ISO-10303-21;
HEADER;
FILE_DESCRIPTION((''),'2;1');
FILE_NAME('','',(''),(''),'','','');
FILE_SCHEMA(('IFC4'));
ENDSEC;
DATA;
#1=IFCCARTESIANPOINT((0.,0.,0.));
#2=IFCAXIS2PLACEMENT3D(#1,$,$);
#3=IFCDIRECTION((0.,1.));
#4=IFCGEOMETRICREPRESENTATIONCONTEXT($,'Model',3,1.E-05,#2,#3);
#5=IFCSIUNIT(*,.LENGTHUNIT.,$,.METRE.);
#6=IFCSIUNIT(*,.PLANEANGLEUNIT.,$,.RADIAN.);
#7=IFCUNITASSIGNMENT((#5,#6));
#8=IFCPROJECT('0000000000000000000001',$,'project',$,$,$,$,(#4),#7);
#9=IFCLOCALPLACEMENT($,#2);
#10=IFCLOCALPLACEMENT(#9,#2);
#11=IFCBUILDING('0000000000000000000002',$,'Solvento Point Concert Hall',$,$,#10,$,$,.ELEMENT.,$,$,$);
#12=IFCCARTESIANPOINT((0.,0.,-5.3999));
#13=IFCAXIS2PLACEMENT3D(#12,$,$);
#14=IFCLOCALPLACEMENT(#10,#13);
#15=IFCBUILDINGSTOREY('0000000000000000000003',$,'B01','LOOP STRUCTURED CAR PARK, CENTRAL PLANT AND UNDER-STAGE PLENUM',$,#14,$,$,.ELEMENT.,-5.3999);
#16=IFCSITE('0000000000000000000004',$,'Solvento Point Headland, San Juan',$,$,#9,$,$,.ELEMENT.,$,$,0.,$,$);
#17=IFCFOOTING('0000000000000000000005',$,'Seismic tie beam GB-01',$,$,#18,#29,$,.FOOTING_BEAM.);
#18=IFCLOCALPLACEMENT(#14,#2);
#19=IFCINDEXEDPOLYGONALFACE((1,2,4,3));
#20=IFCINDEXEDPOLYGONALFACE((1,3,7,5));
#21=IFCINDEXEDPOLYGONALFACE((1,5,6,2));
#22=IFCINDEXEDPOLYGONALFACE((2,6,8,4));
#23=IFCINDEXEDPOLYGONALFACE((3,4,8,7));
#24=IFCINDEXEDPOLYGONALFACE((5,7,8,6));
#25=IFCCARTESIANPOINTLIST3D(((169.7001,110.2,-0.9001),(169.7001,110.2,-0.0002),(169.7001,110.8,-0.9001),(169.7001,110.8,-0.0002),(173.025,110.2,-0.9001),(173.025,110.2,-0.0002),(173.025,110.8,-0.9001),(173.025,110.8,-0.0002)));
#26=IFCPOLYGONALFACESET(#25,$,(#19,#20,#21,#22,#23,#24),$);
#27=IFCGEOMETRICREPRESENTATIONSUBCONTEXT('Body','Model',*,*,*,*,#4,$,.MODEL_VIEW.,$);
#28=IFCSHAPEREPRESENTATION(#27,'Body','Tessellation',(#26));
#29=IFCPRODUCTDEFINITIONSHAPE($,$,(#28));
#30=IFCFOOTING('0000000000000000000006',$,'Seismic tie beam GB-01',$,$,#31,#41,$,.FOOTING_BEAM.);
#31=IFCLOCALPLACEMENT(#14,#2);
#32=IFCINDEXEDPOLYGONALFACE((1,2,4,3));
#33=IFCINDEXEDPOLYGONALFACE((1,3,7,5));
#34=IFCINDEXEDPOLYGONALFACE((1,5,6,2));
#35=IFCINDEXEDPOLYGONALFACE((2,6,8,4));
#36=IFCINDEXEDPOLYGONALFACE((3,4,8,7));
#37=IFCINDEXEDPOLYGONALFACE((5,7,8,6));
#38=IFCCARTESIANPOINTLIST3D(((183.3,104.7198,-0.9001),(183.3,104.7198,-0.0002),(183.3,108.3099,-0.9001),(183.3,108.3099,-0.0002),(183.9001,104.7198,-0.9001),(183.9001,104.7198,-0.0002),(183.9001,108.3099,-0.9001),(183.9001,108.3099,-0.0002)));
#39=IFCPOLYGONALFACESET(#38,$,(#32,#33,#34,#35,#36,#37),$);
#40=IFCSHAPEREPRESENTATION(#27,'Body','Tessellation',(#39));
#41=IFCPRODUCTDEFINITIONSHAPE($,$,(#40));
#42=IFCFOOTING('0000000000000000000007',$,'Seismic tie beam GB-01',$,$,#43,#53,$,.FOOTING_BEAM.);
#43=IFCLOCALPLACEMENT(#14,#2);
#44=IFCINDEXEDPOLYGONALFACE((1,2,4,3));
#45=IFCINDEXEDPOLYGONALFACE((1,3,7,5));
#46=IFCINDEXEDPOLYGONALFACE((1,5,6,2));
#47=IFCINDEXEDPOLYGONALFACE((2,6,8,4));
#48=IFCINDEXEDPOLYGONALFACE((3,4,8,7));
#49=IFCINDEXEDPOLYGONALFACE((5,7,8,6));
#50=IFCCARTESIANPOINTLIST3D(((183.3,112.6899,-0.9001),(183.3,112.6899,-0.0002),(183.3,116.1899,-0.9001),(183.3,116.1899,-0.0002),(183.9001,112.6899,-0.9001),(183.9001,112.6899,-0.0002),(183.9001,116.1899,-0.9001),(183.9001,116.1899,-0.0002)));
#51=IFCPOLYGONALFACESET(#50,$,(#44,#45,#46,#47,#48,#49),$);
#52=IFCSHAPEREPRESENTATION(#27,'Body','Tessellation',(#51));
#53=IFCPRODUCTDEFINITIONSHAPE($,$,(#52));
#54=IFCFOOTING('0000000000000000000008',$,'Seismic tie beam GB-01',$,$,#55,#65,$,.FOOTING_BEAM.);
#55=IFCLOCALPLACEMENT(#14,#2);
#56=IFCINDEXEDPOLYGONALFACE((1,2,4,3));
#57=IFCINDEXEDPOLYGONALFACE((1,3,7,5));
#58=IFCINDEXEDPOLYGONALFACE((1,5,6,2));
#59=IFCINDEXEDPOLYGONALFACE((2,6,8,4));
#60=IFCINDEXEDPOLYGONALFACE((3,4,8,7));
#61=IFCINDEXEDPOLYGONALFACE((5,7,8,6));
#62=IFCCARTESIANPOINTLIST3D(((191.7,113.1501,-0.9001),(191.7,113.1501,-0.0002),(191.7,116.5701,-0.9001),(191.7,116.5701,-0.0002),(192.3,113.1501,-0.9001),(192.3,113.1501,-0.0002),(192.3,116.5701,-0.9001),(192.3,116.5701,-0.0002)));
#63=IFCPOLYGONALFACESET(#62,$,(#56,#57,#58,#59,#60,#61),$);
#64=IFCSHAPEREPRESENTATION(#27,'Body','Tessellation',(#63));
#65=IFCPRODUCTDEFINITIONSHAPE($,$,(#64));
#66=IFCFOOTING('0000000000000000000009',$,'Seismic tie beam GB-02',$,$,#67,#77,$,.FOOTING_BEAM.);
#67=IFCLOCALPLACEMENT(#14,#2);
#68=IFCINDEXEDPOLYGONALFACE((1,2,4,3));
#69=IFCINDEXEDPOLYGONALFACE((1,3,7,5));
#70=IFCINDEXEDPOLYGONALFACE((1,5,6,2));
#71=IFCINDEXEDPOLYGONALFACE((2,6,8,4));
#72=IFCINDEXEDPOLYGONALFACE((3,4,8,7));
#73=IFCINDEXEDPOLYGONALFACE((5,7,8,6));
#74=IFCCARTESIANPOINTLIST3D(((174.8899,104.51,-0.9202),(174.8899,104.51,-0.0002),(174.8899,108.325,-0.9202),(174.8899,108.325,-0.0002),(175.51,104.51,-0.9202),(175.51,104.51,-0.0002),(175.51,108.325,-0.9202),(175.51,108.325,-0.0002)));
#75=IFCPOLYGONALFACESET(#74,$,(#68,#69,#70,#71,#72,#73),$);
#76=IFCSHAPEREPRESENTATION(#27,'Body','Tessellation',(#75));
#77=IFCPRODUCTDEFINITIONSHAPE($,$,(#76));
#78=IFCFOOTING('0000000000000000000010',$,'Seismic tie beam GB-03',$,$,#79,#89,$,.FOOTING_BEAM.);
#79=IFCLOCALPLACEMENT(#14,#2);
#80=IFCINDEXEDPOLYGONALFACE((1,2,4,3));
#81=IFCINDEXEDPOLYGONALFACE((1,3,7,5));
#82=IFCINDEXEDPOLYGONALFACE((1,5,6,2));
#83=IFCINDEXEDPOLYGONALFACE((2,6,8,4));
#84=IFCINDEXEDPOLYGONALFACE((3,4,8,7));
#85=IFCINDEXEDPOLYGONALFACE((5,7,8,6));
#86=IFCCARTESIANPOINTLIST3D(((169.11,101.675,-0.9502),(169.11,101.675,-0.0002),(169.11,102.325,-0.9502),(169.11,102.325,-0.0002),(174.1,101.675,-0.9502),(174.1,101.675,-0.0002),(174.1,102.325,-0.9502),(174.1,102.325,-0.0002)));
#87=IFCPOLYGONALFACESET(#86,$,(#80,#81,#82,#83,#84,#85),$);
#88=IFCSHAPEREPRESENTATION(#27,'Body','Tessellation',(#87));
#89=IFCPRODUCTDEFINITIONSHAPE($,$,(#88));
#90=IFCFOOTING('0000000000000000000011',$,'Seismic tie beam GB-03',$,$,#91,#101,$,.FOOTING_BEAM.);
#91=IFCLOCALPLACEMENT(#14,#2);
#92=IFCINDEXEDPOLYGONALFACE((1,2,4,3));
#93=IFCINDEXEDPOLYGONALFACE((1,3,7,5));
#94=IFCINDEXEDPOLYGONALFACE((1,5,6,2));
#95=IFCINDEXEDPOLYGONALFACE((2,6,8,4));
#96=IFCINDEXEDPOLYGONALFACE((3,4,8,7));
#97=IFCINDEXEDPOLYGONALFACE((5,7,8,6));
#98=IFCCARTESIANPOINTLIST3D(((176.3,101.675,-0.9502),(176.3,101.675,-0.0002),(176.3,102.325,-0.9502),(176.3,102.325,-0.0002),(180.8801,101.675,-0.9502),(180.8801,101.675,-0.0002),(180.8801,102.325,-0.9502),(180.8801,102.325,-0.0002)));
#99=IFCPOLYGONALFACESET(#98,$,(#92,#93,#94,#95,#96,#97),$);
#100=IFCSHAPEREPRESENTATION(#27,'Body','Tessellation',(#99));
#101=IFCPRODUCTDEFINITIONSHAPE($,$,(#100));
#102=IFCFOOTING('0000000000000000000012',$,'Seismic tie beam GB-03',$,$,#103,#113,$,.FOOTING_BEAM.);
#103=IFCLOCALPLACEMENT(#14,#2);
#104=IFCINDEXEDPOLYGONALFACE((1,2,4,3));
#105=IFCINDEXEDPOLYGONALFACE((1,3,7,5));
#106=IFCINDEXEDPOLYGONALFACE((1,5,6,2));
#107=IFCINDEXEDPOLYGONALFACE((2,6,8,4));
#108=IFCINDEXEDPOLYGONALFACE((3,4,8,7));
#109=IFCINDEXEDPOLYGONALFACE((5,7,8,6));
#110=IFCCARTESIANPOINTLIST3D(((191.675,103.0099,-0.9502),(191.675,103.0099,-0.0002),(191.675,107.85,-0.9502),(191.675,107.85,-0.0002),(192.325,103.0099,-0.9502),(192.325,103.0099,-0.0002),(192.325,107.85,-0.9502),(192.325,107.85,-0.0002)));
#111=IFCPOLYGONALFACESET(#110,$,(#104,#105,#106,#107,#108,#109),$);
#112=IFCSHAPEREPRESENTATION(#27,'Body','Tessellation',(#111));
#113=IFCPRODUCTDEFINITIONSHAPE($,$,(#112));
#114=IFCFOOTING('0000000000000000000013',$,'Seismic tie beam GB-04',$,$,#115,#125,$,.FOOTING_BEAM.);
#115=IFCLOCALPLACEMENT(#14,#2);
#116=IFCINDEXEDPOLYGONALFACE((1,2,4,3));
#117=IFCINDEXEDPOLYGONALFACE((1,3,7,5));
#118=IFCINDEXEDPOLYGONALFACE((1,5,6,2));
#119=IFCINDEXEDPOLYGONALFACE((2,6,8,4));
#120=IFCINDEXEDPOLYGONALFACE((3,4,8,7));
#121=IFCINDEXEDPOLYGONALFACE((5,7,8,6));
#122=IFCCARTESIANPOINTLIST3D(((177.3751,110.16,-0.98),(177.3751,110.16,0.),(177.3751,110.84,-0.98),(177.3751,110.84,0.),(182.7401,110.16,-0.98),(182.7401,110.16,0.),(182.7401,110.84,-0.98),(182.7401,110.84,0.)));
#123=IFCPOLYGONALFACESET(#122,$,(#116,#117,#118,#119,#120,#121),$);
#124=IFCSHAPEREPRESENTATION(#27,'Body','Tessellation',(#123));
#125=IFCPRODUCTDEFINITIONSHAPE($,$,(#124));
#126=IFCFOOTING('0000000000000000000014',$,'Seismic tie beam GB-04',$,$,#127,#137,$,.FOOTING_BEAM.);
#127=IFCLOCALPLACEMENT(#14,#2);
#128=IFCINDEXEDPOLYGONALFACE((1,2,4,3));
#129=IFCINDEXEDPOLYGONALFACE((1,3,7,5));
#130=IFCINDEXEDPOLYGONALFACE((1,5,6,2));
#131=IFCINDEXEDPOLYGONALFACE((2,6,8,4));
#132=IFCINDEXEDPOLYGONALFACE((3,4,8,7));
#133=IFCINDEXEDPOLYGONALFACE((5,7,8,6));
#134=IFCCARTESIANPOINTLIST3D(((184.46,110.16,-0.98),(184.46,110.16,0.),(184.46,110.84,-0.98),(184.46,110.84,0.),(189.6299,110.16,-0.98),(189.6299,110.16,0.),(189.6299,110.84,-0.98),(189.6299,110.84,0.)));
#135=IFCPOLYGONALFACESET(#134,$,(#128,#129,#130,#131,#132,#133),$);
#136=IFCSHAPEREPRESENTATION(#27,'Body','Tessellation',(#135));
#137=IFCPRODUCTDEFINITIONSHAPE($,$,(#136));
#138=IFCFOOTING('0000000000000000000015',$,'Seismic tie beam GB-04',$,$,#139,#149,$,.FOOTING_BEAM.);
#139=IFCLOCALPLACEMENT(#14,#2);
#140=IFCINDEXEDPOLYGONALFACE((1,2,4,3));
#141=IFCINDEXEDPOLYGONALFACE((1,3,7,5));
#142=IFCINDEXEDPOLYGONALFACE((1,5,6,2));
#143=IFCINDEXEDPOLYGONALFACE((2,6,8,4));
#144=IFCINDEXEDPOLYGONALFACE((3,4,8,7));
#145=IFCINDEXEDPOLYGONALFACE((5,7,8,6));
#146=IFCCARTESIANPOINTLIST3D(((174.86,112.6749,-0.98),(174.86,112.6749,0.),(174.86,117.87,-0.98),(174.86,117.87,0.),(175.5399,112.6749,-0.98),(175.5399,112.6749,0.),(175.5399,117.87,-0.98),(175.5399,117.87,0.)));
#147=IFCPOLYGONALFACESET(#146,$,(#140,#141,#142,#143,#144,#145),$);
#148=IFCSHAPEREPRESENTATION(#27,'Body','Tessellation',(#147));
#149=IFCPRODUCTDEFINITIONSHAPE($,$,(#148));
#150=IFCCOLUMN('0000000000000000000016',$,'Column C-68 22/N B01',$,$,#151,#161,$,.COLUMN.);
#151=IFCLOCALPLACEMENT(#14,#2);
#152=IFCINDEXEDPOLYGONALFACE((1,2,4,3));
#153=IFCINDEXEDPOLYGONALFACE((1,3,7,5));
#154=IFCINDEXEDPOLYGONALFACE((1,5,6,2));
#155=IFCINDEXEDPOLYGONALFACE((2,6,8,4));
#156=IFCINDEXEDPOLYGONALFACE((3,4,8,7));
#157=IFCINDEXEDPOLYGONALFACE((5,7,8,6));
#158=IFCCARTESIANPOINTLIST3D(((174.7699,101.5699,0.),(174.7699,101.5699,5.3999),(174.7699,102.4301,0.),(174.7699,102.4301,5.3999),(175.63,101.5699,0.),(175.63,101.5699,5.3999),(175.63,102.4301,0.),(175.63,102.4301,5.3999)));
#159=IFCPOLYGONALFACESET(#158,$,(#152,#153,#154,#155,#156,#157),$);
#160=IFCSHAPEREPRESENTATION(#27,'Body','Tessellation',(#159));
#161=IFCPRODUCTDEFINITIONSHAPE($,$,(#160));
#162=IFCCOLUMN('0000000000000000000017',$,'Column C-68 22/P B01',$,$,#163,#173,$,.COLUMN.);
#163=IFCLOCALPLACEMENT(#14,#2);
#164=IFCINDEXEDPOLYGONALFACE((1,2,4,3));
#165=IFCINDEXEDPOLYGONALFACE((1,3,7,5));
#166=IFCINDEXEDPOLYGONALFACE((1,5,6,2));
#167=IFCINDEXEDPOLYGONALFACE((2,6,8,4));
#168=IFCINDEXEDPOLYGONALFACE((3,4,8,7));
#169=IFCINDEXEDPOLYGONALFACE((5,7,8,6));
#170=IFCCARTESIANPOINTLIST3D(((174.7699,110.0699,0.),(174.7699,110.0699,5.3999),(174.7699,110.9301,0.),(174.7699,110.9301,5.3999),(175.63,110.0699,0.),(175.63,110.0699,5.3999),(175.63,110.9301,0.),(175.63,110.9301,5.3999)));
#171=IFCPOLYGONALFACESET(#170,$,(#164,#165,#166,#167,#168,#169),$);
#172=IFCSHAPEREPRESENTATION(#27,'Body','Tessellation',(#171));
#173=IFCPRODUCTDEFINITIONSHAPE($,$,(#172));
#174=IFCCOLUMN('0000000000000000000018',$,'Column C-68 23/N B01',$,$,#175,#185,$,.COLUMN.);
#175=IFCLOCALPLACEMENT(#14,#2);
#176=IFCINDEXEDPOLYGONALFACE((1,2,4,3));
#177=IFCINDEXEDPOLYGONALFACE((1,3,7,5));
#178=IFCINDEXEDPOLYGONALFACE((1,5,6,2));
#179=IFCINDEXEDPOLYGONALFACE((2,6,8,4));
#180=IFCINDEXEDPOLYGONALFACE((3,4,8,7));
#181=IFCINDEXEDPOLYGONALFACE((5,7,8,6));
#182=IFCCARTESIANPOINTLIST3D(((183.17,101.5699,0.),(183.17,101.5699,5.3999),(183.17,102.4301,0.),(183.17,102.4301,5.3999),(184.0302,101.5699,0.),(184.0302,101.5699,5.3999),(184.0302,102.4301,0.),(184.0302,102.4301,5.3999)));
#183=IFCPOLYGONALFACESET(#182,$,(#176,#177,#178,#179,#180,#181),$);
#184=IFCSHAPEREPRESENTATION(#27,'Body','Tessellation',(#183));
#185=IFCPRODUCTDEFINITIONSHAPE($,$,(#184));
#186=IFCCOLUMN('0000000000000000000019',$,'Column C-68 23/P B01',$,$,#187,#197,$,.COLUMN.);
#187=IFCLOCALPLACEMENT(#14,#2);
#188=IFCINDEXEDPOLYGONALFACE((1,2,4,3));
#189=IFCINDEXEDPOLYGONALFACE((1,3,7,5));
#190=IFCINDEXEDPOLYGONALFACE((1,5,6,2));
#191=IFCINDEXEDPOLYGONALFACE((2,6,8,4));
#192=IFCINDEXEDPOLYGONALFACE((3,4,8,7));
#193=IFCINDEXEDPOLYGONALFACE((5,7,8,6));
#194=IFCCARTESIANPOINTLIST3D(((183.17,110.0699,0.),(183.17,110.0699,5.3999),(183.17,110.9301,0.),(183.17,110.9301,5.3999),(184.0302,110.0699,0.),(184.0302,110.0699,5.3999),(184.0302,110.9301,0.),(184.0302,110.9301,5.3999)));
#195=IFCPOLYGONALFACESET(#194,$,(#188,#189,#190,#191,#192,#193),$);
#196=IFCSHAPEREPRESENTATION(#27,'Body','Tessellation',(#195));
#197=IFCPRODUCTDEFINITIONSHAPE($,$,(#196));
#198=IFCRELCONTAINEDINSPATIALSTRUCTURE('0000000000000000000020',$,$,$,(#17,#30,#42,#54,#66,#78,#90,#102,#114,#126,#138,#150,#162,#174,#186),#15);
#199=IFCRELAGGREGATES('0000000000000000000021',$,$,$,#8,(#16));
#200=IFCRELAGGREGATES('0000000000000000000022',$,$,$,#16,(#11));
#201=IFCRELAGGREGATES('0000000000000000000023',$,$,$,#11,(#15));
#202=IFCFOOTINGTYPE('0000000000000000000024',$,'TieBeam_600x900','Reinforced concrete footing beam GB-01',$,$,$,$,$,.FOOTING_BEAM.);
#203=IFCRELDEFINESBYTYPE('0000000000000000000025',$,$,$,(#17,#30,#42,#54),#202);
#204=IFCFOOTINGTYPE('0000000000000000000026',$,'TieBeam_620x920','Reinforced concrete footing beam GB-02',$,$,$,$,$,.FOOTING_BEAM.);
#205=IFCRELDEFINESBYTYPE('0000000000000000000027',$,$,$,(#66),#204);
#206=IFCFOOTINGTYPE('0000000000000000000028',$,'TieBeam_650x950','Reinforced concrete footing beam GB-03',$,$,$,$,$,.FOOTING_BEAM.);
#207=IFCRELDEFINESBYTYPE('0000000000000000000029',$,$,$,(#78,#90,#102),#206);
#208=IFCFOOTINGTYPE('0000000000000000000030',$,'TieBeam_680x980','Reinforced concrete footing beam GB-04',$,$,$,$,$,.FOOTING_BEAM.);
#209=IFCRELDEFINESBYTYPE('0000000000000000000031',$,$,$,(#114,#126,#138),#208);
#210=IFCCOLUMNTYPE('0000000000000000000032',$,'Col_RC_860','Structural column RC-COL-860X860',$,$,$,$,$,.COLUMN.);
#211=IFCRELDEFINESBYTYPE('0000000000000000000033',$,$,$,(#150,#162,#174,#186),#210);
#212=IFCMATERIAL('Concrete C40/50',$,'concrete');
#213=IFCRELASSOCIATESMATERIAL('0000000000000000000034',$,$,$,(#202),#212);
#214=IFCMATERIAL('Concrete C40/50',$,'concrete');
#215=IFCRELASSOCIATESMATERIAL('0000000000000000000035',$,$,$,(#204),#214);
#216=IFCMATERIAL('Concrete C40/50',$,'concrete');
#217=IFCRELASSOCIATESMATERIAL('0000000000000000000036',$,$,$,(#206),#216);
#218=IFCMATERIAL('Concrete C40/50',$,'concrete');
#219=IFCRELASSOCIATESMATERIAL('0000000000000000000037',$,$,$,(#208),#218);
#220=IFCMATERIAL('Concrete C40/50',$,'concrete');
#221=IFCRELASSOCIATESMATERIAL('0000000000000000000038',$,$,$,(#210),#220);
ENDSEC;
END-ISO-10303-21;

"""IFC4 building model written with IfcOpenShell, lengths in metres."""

from ifc_helpers import new_model, si_unit, direction, frame, origin, origin_2d, place, context, subcontext, project, spatial, rectangle, extrude, material, material_profile, profile_set, type_object, element, save


model = new_model("IFC4")

# Units and contexts
model_context = context("Model", 3, precision=1e-05, world=origin(), true_north=direction((0.0, 1.0)))
body_context = subcontext(model_context, "Body", "Model", "MODEL_VIEW")
ifc_project = project(units=[si_unit("LENGTHUNIT", "METRE"), si_unit("PLANEANGLEUNIT", "RADIAN")], contexts=[model_context])

# Site, building, storey
site_placement = place(None, origin())
site = spatial("IfcSite", under=ifc_project, at=site_placement, Name="Solvento Point Headland, San Juan", CompositionType="ELEMENT", RefElevation=0.0)
building_placement = place(site_placement, origin())
building = spatial("IfcBuilding", under=site, at=building_placement, Name="Solvento Point Concert Hall", CompositionType="ELEMENT")
storey_placement = place(building_placement, frame((0.0, 0.0, -5.3999)))
storey = spatial("IfcBuildingStorey", under=building, at=storey_placement, Name="B01", Description="LOOP STRUCTURED CAR PARK, CENTRAL PLANT AND UNDER-STAGE PLENUM", CompositionType="ELEMENT", Elevation=-5.3999)

# Footings
ifc_material_1 = material(Name="Concrete C40/50", Category="concrete")
footing_type_1 = type_object("IfcFootingType", Name="TieBeam_600x900", Description="Reinforced concrete footing beam GB-01", PredefinedType="FOOTING_BEAM", material=ifc_material_1)
footing_1_placement = place(storey_placement, frame((171.3625, 110.5, -0.9001), z_axis=(0.0, 0.0, 1.0), x_axis=(1.0, 0.0, 0.0)))
element("IfcFooting", 1, at=footing_1_placement, inside=storey, type_object=footing_type_1, Name="Seismic tie beam GB-01", PredefinedType="FOOTING_BEAM", context=body_context, shape_type="SweptSolid", body=[
    extrude(rectangle(XDim=3.325, YDim=0.6001, at=origin_2d()), origin(), (0.0, 0.0, 1.0), 0.8999),
])
footing_2_placement = place(storey_placement, frame((183.6001, 106.5149, -0.9001), z_axis=(0.0, 0.0, 1.0), x_axis=(0.0, 1.0, 0.0)))
element("IfcFooting", 2, at=footing_2_placement, inside=storey, type_object=footing_type_1, Name="Seismic tie beam GB-01", PredefinedType="FOOTING_BEAM", context=body_context, shape_type="SweptSolid", body=[
    extrude(rectangle(XDim=3.5901, YDim=0.6001, at=origin_2d()), origin(), (0.0, 0.0, 1.0), 0.8999),
])
footing_3_placement = place(storey_placement, frame((183.6001, 114.4399, -0.9001), z_axis=(0.0, 0.0, 1.0), x_axis=(0.0, 1.0, 0.0)))
element("IfcFooting", 3, at=footing_3_placement, inside=storey, type_object=footing_type_1, Name="Seismic tie beam GB-01", PredefinedType="FOOTING_BEAM", context=body_context, shape_type="SweptSolid", body=[
    extrude(rectangle(XDim=3.5, YDim=0.6001, at=origin_2d()), origin(), (0.0, 0.0, 1.0), 0.8999),
])
footing_4_placement = place(storey_placement, frame((192.0, 114.8601, -0.9001), z_axis=(0.0, 0.0, 1.0), x_axis=(0.0, 1.0, 0.0)))
element("IfcFooting", 4, at=footing_4_placement, inside=storey, type_object=footing_type_1, Name="Seismic tie beam GB-01", PredefinedType="FOOTING_BEAM", context=body_context, shape_type="SweptSolid", body=[
    extrude(rectangle(XDim=3.4199, YDim=0.6001, at=origin_2d()), origin(), (0.0, 0.0, 1.0), 0.8999),
])
ifc_material_2 = material(Name="Concrete C40/50", Category="concrete")
footing_type_2 = type_object("IfcFootingType", Name="TieBeam_620x920", Description="Reinforced concrete footing beam GB-02", PredefinedType="FOOTING_BEAM", material=ifc_material_2)
footing_5_placement = place(storey_placement, frame((175.2, 106.4175, -0.9202), z_axis=(0.0, 0.0, 1.0), x_axis=(0.0, 1.0, 0.0)))
element("IfcFooting", 5, at=footing_5_placement, inside=storey, type_object=footing_type_2, Name="Seismic tie beam GB-02", PredefinedType="FOOTING_BEAM", context=body_context, shape_type="SweptSolid", body=[
    extrude(rectangle(XDim=3.8149, YDim=0.6201, at=origin_2d()), origin(), (0.0, 0.0, 1.0), 0.9199),
])
ifc_material_3 = material(Name="Concrete C40/50", Category="concrete")
footing_type_3 = type_object("IfcFootingType", Name="TieBeam_650x950", Description="Reinforced concrete footing beam GB-03", PredefinedType="FOOTING_BEAM", material=ifc_material_3)
footing_6_placement = place(storey_placement, frame((171.605, 102.0, -0.9502), z_axis=(0.0, 0.0, 1.0), x_axis=(1.0, 0.0, 0.0)))
element("IfcFooting", 6, at=footing_6_placement, inside=storey, type_object=footing_type_3, Name="Seismic tie beam GB-03", PredefinedType="FOOTING_BEAM", context=body_context, shape_type="SweptSolid", body=[
    extrude(rectangle(XDim=4.99, YDim=0.6499, at=origin_2d()), origin(), (0.0, 0.0, 1.0), 0.95),
])
footing_7_placement = place(storey_placement, frame((178.5901, 102.0, -0.9502), z_axis=(0.0, 0.0, 1.0), x_axis=(1.0, 0.0, 0.0)))
element("IfcFooting", 7, at=footing_7_placement, inside=storey, type_object=footing_type_3, Name="Seismic tie beam GB-03", PredefinedType="FOOTING_BEAM", context=body_context, shape_type="SweptSolid", body=[
    extrude(rectangle(XDim=4.5801, YDim=0.6499, at=origin_2d()), origin(), (0.0, 0.0, 1.0), 0.95),
])
footing_8_placement = place(storey_placement, frame((192.0, 105.4299, -0.9502), z_axis=(0.0, 0.0, 1.0), x_axis=(0.0, 1.0, 0.0)))
element("IfcFooting", 8, at=footing_8_placement, inside=storey, type_object=footing_type_3, Name="Seismic tie beam GB-03", PredefinedType="FOOTING_BEAM", context=body_context, shape_type="SweptSolid", body=[
    extrude(rectangle(XDim=4.8401, YDim=0.6499, at=origin_2d()), origin(), (0.0, 0.0, 1.0), 0.95),
])
ifc_material_4 = material(Name="Concrete C40/50", Category="concrete")
footing_type_4 = type_object("IfcFootingType", Name="TieBeam_680x980", Description="Reinforced concrete footing beam GB-04", PredefinedType="FOOTING_BEAM", material=ifc_material_4)
footing_9_placement = place(storey_placement, frame((180.0576, 110.5, -0.98), z_axis=(0.0, 0.0, 1.0), x_axis=(1.0, 0.0, 0.0)))
element("IfcFooting", 9, at=footing_9_placement, inside=storey, type_object=footing_type_4, Name="Seismic tie beam GB-04", PredefinedType="FOOTING_BEAM", context=body_context, shape_type="SweptSolid", body=[
    extrude(rectangle(XDim=5.365, YDim=0.6799, at=origin_2d()), origin(), (0.0, 0.0, 1.0), 0.98),
])
footing_10_placement = place(storey_placement, frame((187.0449, 110.5, -0.98), z_axis=(0.0, 0.0, 1.0), x_axis=(1.0, 0.0, 0.0)))
element("IfcFooting", 10, at=footing_10_placement, inside=storey, type_object=footing_type_4, Name="Seismic tie beam GB-04", PredefinedType="FOOTING_BEAM", context=body_context, shape_type="SweptSolid", body=[
    extrude(rectangle(XDim=5.1699, YDim=0.6799, at=origin_2d()), origin(), (0.0, 0.0, 1.0), 0.98),
])
footing_11_placement = place(storey_placement, frame((175.2, 115.2725, -0.98), z_axis=(0.0, 0.0, 1.0), x_axis=(0.0, 1.0, 0.0)))
element("IfcFooting", 11, at=footing_11_placement, inside=storey, type_object=footing_type_4, Name="Seismic tie beam GB-04", PredefinedType="FOOTING_BEAM", context=body_context, shape_type="SweptSolid", body=[
    extrude(rectangle(XDim=5.1951, YDim=0.6799, at=origin_2d()), origin(), (0.0, 0.0, 1.0), 0.98),
])

# Columns
ifc_material_5 = material(Name="Concrete C40/50", Category="concrete")
ifc_material_profile_1 = material_profile(ifc_material_5, rectangle(XDim=0.8601, YDim=0.8601, at=origin_2d()), Name="RC-COL-860X860")
ifc_profile_set_1 = profile_set([ifc_material_profile_1], Name="Concrete C40/50")
column_type = type_object("IfcColumnType", Name="Col_RC_860", Description="Structural column RC-COL-860X860", PredefinedType="COLUMN", material=ifc_profile_set_1)
for number, where, z_axis, x_axis, name in (
    (12, (175.2, 102.0, 0.0), (0.0, 0.0, 1.0), (1.0, 0.0, 0.0), "Column C-68 22/N B01"),
    (13, (175.2, 110.5, 0.0), (0.0, 0.0, 1.0), (1.0, 0.0, 0.0), "Column C-68 22/P B01"),
    (14, (183.6001, 102.0, 0.0), (0.0, 0.0, 1.0), (1.0, 0.0, 0.0), "Column C-68 23/N B01"),
    (15, (183.6001, 110.5, 0.0), (0.0, 0.0, 1.0), (1.0, 0.0, 0.0), "Column C-68 23/P B01"),
):
    element("IfcColumn", number, at=place(storey_placement, frame(where, z_axis=z_axis, x_axis=x_axis)), inside=storey, type_object=column_type, Name=name, PredefinedType="COLUMN", context=body_context, shape_type="SweptSolid", body=[
        extrude(rectangle(XDim=0.8601, YDim=0.8601, at=origin_2d()), origin(), (0.0, 0.0, 1.0), 5.3999),
    ])

save(model, "model.ifc")
